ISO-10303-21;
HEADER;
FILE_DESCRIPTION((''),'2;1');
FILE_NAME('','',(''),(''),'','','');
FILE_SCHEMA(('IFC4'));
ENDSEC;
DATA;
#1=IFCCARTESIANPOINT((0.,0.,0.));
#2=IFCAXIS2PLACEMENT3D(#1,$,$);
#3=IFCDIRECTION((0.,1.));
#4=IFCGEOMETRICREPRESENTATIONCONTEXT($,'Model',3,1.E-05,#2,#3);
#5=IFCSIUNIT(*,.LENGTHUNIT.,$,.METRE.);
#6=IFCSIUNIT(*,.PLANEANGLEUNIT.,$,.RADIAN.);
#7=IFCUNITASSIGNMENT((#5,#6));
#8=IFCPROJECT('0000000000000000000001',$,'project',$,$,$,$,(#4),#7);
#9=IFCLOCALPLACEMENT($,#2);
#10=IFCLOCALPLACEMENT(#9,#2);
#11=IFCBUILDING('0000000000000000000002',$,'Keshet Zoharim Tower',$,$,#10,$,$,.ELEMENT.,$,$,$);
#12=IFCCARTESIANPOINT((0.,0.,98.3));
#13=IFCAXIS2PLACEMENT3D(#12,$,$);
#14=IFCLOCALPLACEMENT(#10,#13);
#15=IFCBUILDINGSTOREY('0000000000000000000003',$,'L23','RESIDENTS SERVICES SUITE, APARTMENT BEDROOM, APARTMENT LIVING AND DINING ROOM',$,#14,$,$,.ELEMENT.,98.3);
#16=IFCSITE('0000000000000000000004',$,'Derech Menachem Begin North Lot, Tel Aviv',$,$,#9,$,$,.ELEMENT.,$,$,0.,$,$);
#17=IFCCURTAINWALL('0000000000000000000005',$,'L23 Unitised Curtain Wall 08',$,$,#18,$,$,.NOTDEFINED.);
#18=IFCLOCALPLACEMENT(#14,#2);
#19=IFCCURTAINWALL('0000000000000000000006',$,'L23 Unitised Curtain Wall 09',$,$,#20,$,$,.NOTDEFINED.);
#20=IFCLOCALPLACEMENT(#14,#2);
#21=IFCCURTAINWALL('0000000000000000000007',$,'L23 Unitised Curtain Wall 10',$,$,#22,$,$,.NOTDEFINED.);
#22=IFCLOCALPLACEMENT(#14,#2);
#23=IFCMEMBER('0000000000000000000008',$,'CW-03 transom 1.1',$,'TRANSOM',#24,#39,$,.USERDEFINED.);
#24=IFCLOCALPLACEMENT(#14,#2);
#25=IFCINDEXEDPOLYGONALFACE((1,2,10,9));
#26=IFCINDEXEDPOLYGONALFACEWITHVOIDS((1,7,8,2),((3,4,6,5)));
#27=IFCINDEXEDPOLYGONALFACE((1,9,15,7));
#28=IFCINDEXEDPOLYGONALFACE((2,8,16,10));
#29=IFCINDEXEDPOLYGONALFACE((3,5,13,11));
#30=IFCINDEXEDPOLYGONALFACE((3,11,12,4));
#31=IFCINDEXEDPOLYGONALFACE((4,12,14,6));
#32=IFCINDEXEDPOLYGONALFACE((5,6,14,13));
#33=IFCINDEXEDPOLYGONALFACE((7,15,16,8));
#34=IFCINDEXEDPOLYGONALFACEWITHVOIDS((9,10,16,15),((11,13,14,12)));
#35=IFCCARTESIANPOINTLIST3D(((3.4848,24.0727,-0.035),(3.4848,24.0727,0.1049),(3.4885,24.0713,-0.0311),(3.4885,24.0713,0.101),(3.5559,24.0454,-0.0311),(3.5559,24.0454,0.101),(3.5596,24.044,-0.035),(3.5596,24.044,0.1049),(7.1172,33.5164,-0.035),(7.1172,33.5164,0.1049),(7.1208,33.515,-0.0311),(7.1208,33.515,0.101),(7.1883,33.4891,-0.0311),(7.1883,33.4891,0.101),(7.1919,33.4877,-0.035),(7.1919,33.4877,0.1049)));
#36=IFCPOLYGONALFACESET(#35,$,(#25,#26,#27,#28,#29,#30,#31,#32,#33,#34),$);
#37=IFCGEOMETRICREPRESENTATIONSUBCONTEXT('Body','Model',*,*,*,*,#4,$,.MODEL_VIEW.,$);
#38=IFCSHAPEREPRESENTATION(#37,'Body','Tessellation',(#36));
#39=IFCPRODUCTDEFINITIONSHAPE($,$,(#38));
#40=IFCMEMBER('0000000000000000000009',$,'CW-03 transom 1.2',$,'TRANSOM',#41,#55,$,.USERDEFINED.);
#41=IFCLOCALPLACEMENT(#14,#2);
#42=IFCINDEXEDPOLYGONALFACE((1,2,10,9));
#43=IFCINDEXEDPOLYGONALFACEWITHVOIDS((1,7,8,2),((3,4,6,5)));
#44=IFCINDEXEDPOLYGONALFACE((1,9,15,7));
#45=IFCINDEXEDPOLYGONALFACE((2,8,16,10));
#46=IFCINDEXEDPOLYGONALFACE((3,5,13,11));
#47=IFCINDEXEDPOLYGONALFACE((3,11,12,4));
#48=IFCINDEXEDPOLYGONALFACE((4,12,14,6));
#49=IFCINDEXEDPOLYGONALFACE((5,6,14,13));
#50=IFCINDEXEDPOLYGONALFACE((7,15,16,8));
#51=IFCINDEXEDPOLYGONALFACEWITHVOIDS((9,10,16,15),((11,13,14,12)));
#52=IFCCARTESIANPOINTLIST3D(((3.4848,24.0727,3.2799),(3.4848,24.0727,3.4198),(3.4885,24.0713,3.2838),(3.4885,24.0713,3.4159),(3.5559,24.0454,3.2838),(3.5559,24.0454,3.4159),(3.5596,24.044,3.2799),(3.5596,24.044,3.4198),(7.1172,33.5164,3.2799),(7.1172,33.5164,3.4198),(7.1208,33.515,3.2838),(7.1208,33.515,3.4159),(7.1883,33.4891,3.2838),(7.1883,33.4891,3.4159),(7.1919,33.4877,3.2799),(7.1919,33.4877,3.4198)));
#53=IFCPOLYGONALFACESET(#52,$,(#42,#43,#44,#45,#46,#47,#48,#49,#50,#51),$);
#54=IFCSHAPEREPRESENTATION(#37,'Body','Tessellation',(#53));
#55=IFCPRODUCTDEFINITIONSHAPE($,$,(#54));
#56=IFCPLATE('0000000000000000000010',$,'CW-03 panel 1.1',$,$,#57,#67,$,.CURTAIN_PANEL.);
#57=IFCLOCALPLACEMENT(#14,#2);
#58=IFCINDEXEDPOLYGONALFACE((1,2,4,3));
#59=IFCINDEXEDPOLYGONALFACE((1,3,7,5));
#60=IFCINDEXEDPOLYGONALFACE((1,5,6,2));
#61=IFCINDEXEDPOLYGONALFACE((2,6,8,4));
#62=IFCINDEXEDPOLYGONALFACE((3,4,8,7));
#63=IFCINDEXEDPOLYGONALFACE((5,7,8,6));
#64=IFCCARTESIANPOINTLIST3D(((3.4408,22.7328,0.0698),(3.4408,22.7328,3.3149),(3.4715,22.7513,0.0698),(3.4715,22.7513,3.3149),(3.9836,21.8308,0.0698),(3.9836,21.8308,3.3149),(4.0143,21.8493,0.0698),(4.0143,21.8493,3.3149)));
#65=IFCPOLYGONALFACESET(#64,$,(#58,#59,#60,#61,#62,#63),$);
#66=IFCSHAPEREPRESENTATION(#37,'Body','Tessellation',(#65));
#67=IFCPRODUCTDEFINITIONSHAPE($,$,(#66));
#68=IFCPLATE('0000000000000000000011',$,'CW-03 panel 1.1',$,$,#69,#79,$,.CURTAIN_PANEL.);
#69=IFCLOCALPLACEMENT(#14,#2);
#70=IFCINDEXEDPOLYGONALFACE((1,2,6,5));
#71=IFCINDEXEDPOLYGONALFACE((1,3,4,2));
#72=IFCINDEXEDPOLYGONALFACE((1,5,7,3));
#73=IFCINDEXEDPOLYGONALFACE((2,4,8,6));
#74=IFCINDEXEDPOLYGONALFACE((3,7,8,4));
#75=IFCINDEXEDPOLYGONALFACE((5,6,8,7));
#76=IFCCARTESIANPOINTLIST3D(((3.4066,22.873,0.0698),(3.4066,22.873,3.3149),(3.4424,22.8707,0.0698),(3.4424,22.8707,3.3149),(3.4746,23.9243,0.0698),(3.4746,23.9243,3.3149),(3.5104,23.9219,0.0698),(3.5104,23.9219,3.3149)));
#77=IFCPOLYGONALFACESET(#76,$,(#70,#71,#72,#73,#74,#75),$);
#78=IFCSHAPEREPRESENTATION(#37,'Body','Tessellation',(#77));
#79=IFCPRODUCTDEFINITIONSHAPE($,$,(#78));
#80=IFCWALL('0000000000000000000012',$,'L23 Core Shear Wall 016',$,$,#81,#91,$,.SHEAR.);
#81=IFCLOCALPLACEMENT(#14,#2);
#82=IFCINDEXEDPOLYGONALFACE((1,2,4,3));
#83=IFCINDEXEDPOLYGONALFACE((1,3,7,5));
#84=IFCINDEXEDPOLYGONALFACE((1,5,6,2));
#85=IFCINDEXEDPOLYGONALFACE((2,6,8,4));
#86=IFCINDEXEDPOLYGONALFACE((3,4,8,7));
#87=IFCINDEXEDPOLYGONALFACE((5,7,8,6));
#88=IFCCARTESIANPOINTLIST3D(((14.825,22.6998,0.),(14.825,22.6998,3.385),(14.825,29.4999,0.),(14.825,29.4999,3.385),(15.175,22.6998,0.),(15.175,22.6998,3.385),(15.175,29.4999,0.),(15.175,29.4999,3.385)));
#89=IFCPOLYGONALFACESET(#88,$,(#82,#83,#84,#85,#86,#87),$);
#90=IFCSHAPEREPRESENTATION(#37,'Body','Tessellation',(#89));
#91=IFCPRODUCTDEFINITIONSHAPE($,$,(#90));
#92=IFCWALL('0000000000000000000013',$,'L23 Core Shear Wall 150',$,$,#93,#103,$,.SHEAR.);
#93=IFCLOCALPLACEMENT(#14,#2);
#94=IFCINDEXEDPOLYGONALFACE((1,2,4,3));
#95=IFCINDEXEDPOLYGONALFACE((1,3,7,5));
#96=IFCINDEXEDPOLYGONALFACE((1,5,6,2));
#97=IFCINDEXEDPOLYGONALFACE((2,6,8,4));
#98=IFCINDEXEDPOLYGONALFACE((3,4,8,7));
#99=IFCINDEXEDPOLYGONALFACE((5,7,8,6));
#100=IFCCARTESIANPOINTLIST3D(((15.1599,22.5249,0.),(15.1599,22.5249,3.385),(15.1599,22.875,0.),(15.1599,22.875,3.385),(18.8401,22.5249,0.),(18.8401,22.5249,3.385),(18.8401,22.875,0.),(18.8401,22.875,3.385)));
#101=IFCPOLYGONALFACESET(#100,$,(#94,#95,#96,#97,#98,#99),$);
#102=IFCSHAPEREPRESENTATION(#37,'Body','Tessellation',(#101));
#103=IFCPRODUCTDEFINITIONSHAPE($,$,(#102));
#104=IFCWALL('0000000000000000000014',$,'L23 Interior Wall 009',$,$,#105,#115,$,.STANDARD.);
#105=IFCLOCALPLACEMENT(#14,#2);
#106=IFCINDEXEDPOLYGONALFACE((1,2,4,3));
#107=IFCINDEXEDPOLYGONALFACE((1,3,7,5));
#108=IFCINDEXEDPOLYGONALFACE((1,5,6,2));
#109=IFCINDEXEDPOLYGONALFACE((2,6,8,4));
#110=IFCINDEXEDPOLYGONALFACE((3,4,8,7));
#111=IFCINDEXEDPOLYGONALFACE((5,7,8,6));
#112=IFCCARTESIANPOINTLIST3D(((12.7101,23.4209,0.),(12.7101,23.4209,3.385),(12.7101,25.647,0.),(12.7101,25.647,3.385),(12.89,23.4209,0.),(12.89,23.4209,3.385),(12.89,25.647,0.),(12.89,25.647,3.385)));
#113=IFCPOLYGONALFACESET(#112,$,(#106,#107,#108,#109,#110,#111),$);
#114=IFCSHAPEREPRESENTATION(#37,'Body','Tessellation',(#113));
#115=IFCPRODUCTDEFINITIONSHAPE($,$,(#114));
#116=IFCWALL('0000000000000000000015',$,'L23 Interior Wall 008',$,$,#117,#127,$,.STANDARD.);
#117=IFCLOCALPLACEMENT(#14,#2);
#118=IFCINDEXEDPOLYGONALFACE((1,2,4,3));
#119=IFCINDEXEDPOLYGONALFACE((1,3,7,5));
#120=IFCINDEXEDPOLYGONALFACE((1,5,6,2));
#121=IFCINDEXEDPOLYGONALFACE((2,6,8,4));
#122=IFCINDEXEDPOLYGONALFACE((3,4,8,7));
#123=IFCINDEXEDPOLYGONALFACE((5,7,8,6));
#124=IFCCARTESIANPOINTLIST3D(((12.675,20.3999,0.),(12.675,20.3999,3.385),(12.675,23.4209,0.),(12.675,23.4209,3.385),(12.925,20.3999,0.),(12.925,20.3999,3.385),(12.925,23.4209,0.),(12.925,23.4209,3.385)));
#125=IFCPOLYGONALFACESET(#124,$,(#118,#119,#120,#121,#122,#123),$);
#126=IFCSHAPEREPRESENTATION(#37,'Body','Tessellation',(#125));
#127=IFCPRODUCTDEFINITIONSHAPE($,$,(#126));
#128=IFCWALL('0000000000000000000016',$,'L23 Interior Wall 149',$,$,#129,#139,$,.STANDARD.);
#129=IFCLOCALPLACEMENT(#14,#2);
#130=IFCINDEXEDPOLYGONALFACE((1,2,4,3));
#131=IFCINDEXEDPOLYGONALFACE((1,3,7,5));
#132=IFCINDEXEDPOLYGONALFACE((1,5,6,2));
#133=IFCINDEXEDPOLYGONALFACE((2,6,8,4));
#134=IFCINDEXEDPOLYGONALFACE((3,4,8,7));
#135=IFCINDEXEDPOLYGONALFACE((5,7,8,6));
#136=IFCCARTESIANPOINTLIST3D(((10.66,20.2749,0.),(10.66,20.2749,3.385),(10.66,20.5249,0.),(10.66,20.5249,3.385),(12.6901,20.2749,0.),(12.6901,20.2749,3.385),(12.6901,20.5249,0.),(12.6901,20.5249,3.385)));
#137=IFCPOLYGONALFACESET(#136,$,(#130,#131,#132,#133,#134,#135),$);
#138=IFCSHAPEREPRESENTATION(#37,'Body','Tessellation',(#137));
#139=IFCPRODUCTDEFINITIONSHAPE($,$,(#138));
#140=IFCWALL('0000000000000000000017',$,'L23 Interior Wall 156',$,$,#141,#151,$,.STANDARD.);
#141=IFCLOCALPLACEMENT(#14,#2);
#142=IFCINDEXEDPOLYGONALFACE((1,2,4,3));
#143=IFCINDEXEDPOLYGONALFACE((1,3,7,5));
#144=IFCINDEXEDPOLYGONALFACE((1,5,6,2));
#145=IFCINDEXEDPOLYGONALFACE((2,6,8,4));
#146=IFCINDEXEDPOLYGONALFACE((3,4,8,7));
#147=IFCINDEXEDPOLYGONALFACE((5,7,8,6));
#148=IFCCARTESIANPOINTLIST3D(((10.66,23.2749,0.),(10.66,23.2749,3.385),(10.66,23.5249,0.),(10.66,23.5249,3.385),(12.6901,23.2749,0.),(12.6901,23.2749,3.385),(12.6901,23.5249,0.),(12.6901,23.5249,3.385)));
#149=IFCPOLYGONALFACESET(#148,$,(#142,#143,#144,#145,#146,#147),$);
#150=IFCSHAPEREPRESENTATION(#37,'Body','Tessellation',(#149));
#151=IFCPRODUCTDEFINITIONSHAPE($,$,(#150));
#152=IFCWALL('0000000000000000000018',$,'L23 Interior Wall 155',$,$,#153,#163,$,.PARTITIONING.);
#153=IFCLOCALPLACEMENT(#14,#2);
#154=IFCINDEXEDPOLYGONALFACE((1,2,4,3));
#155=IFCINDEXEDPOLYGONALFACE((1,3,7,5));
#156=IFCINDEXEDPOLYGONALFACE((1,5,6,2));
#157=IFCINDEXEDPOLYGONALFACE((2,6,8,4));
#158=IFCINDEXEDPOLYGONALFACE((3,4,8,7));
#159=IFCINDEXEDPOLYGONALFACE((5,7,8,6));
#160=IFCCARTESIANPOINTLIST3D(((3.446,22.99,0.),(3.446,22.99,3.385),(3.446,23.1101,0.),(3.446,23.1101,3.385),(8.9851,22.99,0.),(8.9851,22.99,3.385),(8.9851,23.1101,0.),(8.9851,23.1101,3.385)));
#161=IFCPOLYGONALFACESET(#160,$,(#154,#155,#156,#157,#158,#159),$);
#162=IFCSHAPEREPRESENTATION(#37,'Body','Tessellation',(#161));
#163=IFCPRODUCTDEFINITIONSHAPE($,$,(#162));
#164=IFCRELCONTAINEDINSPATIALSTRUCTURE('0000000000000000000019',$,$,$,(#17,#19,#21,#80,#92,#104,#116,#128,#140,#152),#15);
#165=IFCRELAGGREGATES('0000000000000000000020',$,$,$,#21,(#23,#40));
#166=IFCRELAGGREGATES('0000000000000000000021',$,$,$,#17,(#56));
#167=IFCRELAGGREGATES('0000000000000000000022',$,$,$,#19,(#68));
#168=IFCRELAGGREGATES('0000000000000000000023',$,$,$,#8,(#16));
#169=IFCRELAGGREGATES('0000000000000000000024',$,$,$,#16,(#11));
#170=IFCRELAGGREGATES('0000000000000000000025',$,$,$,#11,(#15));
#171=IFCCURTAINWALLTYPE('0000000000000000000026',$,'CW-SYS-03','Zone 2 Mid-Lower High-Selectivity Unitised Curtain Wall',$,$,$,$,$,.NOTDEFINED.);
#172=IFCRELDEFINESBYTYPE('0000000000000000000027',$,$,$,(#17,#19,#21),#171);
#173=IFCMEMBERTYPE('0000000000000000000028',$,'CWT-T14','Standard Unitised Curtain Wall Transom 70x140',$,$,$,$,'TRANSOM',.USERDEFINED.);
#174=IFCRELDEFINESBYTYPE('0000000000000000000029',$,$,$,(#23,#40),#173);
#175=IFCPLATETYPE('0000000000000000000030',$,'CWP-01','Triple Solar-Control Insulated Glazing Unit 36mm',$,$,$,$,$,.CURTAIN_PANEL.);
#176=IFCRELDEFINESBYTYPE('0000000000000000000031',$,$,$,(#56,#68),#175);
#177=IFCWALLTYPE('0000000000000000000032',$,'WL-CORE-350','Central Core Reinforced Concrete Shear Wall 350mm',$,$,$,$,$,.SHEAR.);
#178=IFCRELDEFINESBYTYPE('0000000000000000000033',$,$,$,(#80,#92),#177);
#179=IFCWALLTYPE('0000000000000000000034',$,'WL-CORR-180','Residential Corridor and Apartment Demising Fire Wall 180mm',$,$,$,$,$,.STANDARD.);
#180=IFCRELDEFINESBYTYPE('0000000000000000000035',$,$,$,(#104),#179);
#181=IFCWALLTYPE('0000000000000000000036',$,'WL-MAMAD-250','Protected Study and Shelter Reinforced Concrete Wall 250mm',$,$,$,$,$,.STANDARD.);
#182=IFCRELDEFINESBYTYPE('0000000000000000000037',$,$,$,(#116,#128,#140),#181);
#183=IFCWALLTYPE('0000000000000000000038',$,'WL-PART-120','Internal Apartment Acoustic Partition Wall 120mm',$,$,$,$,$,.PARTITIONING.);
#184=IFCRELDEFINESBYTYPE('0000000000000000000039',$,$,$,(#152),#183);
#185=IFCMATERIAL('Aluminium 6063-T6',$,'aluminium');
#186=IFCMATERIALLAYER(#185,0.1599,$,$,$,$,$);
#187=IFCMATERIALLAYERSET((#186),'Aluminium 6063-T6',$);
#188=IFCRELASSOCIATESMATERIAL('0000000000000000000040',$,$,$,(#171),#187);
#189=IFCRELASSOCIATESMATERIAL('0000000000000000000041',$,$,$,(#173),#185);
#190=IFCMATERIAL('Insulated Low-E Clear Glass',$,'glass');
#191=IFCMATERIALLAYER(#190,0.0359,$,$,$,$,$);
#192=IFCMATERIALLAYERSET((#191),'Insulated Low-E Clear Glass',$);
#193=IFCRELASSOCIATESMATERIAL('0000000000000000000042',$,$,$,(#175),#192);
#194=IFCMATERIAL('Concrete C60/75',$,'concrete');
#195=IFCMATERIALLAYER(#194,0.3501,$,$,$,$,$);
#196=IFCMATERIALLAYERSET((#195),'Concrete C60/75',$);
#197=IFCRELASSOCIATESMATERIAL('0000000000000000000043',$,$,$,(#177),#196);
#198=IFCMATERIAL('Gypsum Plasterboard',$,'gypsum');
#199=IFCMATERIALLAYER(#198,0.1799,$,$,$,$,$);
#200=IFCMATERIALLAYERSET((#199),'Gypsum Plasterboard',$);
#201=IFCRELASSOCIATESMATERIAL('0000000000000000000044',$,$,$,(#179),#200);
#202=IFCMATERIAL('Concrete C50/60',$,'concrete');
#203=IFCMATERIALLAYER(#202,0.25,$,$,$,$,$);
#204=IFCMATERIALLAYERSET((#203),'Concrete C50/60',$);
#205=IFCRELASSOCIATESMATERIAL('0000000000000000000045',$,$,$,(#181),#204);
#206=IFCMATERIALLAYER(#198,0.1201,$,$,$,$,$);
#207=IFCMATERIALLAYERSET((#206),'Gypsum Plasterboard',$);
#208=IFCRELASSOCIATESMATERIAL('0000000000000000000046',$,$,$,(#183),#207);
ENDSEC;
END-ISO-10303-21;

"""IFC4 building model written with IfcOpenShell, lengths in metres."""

from ifc_helpers import new_model, si_unit, direction, frame, frame_2d, origin, origin_2d, place, context, subcontext, project, spatial, rectangle, hollow_rectangle, extrude, material, layer, layer_set, material_profile, profile_set, type_object, element, aggregate, save


model = new_model("IFC4")

# Units and contexts
model_context = context("Model", 3, precision=1e-05, world=origin(), true_north=direction((0.0, 1.0)))
body_context = subcontext(model_context, "Body", "Model", "MODEL_VIEW")
ifc_project = project(units=[si_unit("LENGTHUNIT", "METRE"), si_unit("PLANEANGLEUNIT", "RADIAN")], contexts=[model_context])

# Site, building, storey
site_placement = place(None, origin())
site = spatial("IfcSite", under=ifc_project, at=site_placement, Name="Derech Menachem Begin North Lot, Tel Aviv", CompositionType="ELEMENT", RefElevation=0.0)
building_placement = place(site_placement, origin())
building = spatial("IfcBuilding", under=site, at=building_placement, Name="Keshet Zoharim Tower", CompositionType="ELEMENT")
storey_placement = place(building_placement, frame((0.0, 0.0, 98.3)))
storey = spatial("IfcBuildingStorey", under=building, at=storey_placement, Name="L23", Description="RESIDENTS SERVICES SUITE, APARTMENT BEDROOM, APARTMENT LIVING AND DINING ROOM", CompositionType="ELEMENT", Elevation=98.3)

# Shared definitions
ifc_material_1 = material(Name="Concrete C60/75", Category="concrete")

# Shared definitions
ifc_material_2 = material(Name="Aluminium 6063-T6", Category="aluminium")
ifc_layer_1 = layer(ifc_material_2, 0.1599)
ifc_layer_set_1 = layer_set([ifc_layer_1], Name="Aluminium 6063-T6")
curtain_wall_type = type_object("IfcCurtainWallType", Name="CW-SYS-03", Description="Zone 2 Mid-Lower High-Selectivity Unitised Curtain Wall", PredefinedType="NOTDEFINED", material=ifc_layer_set_1)

# Curtain walls
curtain_wall_1_placement = place(storey_placement, origin())
curtain_wall_1 = element("IfcCurtainWall", 1, at=curtain_wall_1_placement, inside=storey, type_object=curtain_wall_type, Name="L23 Unitised Curtain Wall 08", PredefinedType="NOTDEFINED")
curtain_wall_2_placement = place(storey_placement, origin())
curtain_wall_2 = element("IfcCurtainWall", 2, at=curtain_wall_2_placement, inside=storey, type_object=curtain_wall_type, Name="L23 Unitised Curtain Wall 09", PredefinedType="NOTDEFINED")

# Curtain wall
curtain_wall_3_placement = place(storey_placement, origin())
curtain_wall_3 = element("IfcCurtainWall", 3, at=curtain_wall_3_placement, inside=storey, type_object=curtain_wall_type, Name="L23 Unitised Curtain Wall 10", PredefinedType="NOTDEFINED")

# Members
ifc_material_profile_1 = material_profile(ifc_material_2, hollow_rectangle(XDim=0.0801, YDim=0.1399, WallThickness=0.0039, at=origin_2d()), Name="TRN-80x140")
ifc_profile_set_1 = profile_set([ifc_material_profile_1], Name="Aluminium 6063-T6")
member_type_1 = type_object("IfcMemberType", Name="CWT-T14", Description="Standard Unitised Curtain Wall Transom 70x140", ElementType="TRANSOM", PredefinedType="USERDEFINED", material=ifc_profile_set_1)
member_1_placement = place(storey_placement, frame((3.5222, 24.0583, 0.0349), z_axis=(0.358994, 0.93334, 0.0), x_axis=(-0.93334, 0.358994, 0.0)))
member_1 = element("IfcMember", 4, at=member_1_placement, type_object=member_type_1, Name="CW-03 transom 1.1", ObjectType="TRANSOM", PredefinedType="USERDEFINED", context=body_context, shape_type="SweptSolid", body=[
    extrude(hollow_rectangle(XDim=0.0801, YDim=0.1399, WallThickness=0.0039, at=origin_2d()), origin(), (0.0, 0.0, 1.0), 10.1182),
])
member_2_placement = place(storey_placement, frame((3.5222, 24.0583, 3.3499), z_axis=(0.358994, 0.93334, 0.0), x_axis=(-0.93334, 0.358994, 0.0)))
member_2 = element("IfcMember", 5, at=member_2_placement, type_object=member_type_1, Name="CW-03 transom 1.2", ObjectType="TRANSOM", PredefinedType="USERDEFINED", context=body_context, shape_type="SweptSolid", body=[
    extrude(hollow_rectangle(XDim=0.0801, YDim=0.1399, WallThickness=0.0039, at=origin_2d()), origin(), (0.0, 0.0, 1.0), 10.1182),
])
aggregate(curtain_wall_3, [member_1, member_2])

# Plates
ifc_material_3 = material(Name="Insulated Low-E Clear Glass", Category="glass")
ifc_layer_2 = layer(ifc_material_3, 0.0359)
ifc_layer_set_2 = layer_set([ifc_layer_2], Name="Insulated Low-E Clear Glass")
plate_type = type_object("IfcPlateType", Name="CWP-01", Description="Triple Solar-Control Insulated Glazing Unit 36mm", PredefinedType="CURTAIN_PANEL", material=ifc_layer_set_2)
plate_1_placement = place(storey_placement, frame((3.7275, 22.291, 0.0698), z_axis=(0.0, 0.0, 1.0), x_axis=(-0.515605, 0.856826, 0.0)))
plate_1 = element("IfcPlate", 6, at=plate_1_placement, type_object=plate_type, Name="CW-03 panel 1.1", PredefinedType="CURTAIN_PANEL", context=body_context, shape_type="SweptSolid", body=[
    extrude(rectangle(XDim=1.0527, YDim=0.0359, at=origin_2d()), origin(), (0.0, 0.0, 1.0), 3.2451),
])
aggregate(curtain_wall_1, [plate_1])
plate_2_placement = place(storey_placement, frame((3.4585, 23.3975, 0.0698), z_axis=(0.0, 0.0, 1.0), x_axis=(0.064517, 0.997917, 0.0)))
plate_2 = element("IfcPlate", 7, at=plate_2_placement, type_object=plate_type, Name="CW-03 panel 1.1", PredefinedType="CURTAIN_PANEL", context=body_context, shape_type="SweptSolid", body=[
    extrude(rectangle(XDim=1.0535, YDim=0.0359, at=origin_2d()), origin(), (0.0, 0.0, 1.0), 3.2451),
])
aggregate(curtain_wall_2, [plate_2])

# Wall
ifc_layer_3 = layer(ifc_material_1, 0.3501)
ifc_layer_set_3 = layer_set([ifc_layer_3], Name="Concrete C60/75")
wall_type_1 = type_object("IfcWallType", Name="WL-CORE-350", Description="Central Core Reinforced Concrete Shear Wall 350mm", PredefinedType="SHEAR", material=ifc_layer_set_3)
wall_1_placement = place(storey_placement, frame((15.0, 22.7, 0.0), z_axis=(0.0, 0.0, 1.0), x_axis=(0.0, 1.0, 0.0)))
element("IfcWall", 8, at=wall_1_placement, inside=storey, type_object=wall_type_1, Name="L23 Core Shear Wall 016", PredefinedType="SHEAR", context=body_context, shape_type="SweptSolid", body=[
    extrude(rectangle(XDim=6.8, YDim=0.3501, at=frame_2d((3.3999, 0.0))), origin(), (0.0, 0.0, 1.0), 3.385),
])

# Walls
wall_2_placement = place(storey_placement, frame((15.1599, 22.7, 0.0), z_axis=(0.0, 0.0, 1.0), x_axis=(1.0, 0.0, 0.0)))
element("IfcWall", 9, at=wall_2_placement, inside=storey, type_object=wall_type_1, Name="L23 Core Shear Wall 150", PredefinedType="SHEAR", context=body_context, shape_type="SweptSolid", body=[
    extrude(rectangle(XDim=3.6802, YDim=0.3501, at=frame_2d((1.8401, 0.0))), origin(), (0.0, 0.0, 1.0), 3.385),
])
ifc_material_4 = material(Name="Gypsum Plasterboard", Category="gypsum")
ifc_layer_4 = layer(ifc_material_4, 0.1799)
ifc_layer_set_4 = layer_set([ifc_layer_4], Name="Gypsum Plasterboard")
wall_type_2 = type_object("IfcWallType", Name="WL-CORR-180", Description="Residential Corridor and Apartment Demising Fire Wall 180mm", PredefinedType="STANDARD", material=ifc_layer_set_4)
wall_3_placement = place(storey_placement, frame((12.8, 23.4209, 0.0), z_axis=(0.0, 0.0, 1.0), x_axis=(0.0, 1.0, 0.0)))
element("IfcWall", 10, at=wall_3_placement, inside=storey, type_object=wall_type_2, Name="L23 Interior Wall 009", PredefinedType="STANDARD", context=body_context, shape_type="SweptSolid", body=[
    extrude(rectangle(XDim=2.2261, YDim=0.1799, at=frame_2d((1.113, 0.0))), origin(), (0.0, 0.0, 1.0), 3.385),
])

# Shared definitions
ifc_material_5 = material(Name="Concrete C50/60", Category="concrete")
ifc_layer_5 = layer(ifc_material_5, 0.25)
ifc_layer_set_5 = layer_set([ifc_layer_5], Name="Concrete C50/60")
wall_type_3 = type_object("IfcWallType", Name="WL-MAMAD-250", Description="Protected Study and Shelter Reinforced Concrete Wall 250mm", PredefinedType="STANDARD", material=ifc_layer_set_5)

# Walls
wall_4_placement = place(storey_placement, frame((12.8, 20.3999, 0.0), z_axis=(0.0, 0.0, 1.0), x_axis=(0.0, 1.0, 0.0)))
element("IfcWall", 11, at=wall_4_placement, inside=storey, type_object=wall_type_3, Name="L23 Interior Wall 008", PredefinedType="STANDARD", context=body_context, shape_type="SweptSolid", body=[
    extrude(rectangle(XDim=3.021, YDim=0.25, at=frame_2d((1.5105, 0.0))), origin(), (0.0, 0.0, 1.0), 3.385),
])
for number, where, z_axis, x_axis, name in (
    (12, (10.6599, 20.3999, 0.0), (0.0, 0.0, 1.0), (1.0, 0.0, 0.0), "L23 Interior Wall 149"),
    (13, (10.6599, 23.3999, 0.0), (0.0, 0.0, 1.0), (1.0, 0.0, 0.0), "L23 Interior Wall 156"),
):
    element("IfcWall", number, at=place(storey_placement, frame(where, z_axis=z_axis, x_axis=x_axis)), inside=storey, type_object=wall_type_3, Name=name, PredefinedType="STANDARD", context=body_context, shape_type="SweptSolid", body=[
        extrude(rectangle(XDim=2.03, YDim=0.25, at=frame_2d((1.0151, 0.0))), origin(), (0.0, 0.0, 1.0), 3.385),
    ])
ifc_layer_6 = layer(ifc_material_4, 0.1201)
ifc_layer_set_6 = layer_set([ifc_layer_6], Name="Gypsum Plasterboard")
wall_type_4 = type_object("IfcWallType", Name="WL-PART-120", Description="Internal Apartment Acoustic Partition Wall 120mm", PredefinedType="PARTITIONING", material=ifc_layer_set_6)
wall_5_placement = place(storey_placement, frame((3.446, 23.05, 0.0), z_axis=(0.0, 0.0, 1.0), x_axis=(1.0, 0.0, 0.0)))
element("IfcWall", 14, at=wall_5_placement, inside=storey, type_object=wall_type_4, Name="L23 Interior Wall 155", PredefinedType="PARTITIONING", context=body_context, shape_type="SweptSolid", body=[
    extrude(rectangle(XDim=5.5391, YDim=0.1201, at=frame_2d((2.7695, 0.0))), origin(), (0.0, 0.0, 1.0), 3.385),
])

save(model, "model.ifc")
